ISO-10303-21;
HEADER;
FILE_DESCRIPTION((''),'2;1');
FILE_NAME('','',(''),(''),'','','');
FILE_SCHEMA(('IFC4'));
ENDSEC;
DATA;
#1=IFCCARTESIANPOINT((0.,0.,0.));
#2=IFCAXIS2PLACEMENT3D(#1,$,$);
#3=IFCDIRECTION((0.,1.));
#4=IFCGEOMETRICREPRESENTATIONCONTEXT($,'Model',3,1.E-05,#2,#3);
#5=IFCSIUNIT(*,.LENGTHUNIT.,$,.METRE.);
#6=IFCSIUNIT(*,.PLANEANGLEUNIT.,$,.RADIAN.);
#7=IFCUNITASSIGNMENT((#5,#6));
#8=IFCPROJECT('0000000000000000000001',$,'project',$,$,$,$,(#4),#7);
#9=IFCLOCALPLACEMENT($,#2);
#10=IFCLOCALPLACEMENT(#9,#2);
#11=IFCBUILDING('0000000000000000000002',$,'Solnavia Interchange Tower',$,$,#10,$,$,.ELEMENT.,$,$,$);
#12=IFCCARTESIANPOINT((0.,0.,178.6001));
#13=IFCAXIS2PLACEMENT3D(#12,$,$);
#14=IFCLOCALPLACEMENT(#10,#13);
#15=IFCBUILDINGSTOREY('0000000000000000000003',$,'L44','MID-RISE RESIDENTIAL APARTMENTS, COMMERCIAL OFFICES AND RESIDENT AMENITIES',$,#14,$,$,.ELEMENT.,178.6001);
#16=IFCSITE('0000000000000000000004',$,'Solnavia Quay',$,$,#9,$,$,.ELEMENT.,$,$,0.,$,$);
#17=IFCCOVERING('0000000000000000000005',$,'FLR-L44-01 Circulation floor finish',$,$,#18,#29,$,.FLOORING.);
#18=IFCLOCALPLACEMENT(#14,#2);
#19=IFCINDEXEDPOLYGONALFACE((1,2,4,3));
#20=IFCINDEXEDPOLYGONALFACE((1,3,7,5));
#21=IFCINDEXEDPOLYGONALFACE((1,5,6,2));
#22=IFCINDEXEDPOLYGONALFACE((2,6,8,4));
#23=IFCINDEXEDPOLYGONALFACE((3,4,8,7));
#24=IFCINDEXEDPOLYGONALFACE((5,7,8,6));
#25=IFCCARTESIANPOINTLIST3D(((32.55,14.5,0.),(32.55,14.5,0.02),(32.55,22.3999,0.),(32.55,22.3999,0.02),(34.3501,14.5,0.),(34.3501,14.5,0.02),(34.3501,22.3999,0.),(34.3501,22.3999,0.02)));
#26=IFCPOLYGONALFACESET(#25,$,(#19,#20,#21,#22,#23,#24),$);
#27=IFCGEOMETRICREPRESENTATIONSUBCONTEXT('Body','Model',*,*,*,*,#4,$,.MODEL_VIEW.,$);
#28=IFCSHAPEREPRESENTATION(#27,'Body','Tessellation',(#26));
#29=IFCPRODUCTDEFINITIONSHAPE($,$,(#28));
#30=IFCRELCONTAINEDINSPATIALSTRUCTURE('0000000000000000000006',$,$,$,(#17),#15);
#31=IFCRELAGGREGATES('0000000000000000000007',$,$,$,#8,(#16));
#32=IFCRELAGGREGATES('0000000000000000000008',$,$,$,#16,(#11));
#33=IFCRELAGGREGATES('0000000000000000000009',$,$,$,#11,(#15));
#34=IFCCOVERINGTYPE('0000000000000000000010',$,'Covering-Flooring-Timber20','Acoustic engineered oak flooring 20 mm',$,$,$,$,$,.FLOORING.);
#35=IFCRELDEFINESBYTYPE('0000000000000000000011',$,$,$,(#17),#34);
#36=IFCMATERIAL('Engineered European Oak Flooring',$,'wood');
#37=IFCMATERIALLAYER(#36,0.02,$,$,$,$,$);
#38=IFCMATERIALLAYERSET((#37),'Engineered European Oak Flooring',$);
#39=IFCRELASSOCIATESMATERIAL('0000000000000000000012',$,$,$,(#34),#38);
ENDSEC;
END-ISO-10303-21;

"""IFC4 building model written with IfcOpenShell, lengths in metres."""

from ifc_helpers import new_model, si_unit, direction, frame, origin, place, context, subcontext, project, spatial, polyline, outline, extrude, material, layer, layer_set, type_object, element, save


model = new_model("IFC4")

# Units and contexts
model_context = context("Model", 3, precision=1e-05, world=origin(), true_north=direction((0.0, 1.0)))
body_context = subcontext(model_context, "Body", "Model", "MODEL_VIEW")
ifc_project = project(units=[si_unit("LENGTHUNIT", "METRE"), si_unit("PLANEANGLEUNIT", "RADIAN")], contexts=[model_context])

# Site, building, storey
site_placement = place(None, origin())
site = spatial("IfcSite", under=ifc_project, at=site_placement, Name="Solnavia Quay", CompositionType="ELEMENT", RefElevation=0.0)
building_placement = place(site_placement, origin())
building = spatial("IfcBuilding", under=site, at=building_placement, Name="Solnavia Interchange Tower", CompositionType="ELEMENT")
storey_placement = place(building_placement, frame((0.0, 0.0, 178.6001)))
storey = spatial("IfcBuildingStorey", under=building, at=storey_placement, Name="L44", Description="MID-RISE RESIDENTIAL APARTMENTS, COMMERCIAL OFFICES AND RESIDENT AMENITIES", CompositionType="ELEMENT", Elevation=178.6001)

# Covering
ifc_material_1 = material(Name="Engineered European Oak Flooring", Category="wood")
ifc_layer_1 = layer(ifc_material_1, 0.02)
ifc_layer_set_1 = layer_set([ifc_layer_1], Name="Engineered European Oak Flooring")
covering_type_1 = type_object("IfcCoveringType", Name="Covering-Flooring-Timber20", Description="Acoustic engineered oak flooring 20 mm", PredefinedType="FLOORING", material=ifc_layer_set_1)
covering_1_placement = place(storey_placement, origin())
element("IfcCovering", 1, at=covering_1_placement, inside=storey, type_object=covering_type_1, Name="FLR-L44-01 Circulation floor finish", PredefinedType="FLOORING", context=body_context, shape_type="SweptSolid", body=[
    extrude(outline(polyline([(32.55, 14.5), (34.3501, 14.5), (34.3501, 22.3999), (32.55, 22.3999), (32.55, 14.5)])), origin(), (0.0, 0.0, 1.0), 0.02),
])

save(model, "model.ifc")
